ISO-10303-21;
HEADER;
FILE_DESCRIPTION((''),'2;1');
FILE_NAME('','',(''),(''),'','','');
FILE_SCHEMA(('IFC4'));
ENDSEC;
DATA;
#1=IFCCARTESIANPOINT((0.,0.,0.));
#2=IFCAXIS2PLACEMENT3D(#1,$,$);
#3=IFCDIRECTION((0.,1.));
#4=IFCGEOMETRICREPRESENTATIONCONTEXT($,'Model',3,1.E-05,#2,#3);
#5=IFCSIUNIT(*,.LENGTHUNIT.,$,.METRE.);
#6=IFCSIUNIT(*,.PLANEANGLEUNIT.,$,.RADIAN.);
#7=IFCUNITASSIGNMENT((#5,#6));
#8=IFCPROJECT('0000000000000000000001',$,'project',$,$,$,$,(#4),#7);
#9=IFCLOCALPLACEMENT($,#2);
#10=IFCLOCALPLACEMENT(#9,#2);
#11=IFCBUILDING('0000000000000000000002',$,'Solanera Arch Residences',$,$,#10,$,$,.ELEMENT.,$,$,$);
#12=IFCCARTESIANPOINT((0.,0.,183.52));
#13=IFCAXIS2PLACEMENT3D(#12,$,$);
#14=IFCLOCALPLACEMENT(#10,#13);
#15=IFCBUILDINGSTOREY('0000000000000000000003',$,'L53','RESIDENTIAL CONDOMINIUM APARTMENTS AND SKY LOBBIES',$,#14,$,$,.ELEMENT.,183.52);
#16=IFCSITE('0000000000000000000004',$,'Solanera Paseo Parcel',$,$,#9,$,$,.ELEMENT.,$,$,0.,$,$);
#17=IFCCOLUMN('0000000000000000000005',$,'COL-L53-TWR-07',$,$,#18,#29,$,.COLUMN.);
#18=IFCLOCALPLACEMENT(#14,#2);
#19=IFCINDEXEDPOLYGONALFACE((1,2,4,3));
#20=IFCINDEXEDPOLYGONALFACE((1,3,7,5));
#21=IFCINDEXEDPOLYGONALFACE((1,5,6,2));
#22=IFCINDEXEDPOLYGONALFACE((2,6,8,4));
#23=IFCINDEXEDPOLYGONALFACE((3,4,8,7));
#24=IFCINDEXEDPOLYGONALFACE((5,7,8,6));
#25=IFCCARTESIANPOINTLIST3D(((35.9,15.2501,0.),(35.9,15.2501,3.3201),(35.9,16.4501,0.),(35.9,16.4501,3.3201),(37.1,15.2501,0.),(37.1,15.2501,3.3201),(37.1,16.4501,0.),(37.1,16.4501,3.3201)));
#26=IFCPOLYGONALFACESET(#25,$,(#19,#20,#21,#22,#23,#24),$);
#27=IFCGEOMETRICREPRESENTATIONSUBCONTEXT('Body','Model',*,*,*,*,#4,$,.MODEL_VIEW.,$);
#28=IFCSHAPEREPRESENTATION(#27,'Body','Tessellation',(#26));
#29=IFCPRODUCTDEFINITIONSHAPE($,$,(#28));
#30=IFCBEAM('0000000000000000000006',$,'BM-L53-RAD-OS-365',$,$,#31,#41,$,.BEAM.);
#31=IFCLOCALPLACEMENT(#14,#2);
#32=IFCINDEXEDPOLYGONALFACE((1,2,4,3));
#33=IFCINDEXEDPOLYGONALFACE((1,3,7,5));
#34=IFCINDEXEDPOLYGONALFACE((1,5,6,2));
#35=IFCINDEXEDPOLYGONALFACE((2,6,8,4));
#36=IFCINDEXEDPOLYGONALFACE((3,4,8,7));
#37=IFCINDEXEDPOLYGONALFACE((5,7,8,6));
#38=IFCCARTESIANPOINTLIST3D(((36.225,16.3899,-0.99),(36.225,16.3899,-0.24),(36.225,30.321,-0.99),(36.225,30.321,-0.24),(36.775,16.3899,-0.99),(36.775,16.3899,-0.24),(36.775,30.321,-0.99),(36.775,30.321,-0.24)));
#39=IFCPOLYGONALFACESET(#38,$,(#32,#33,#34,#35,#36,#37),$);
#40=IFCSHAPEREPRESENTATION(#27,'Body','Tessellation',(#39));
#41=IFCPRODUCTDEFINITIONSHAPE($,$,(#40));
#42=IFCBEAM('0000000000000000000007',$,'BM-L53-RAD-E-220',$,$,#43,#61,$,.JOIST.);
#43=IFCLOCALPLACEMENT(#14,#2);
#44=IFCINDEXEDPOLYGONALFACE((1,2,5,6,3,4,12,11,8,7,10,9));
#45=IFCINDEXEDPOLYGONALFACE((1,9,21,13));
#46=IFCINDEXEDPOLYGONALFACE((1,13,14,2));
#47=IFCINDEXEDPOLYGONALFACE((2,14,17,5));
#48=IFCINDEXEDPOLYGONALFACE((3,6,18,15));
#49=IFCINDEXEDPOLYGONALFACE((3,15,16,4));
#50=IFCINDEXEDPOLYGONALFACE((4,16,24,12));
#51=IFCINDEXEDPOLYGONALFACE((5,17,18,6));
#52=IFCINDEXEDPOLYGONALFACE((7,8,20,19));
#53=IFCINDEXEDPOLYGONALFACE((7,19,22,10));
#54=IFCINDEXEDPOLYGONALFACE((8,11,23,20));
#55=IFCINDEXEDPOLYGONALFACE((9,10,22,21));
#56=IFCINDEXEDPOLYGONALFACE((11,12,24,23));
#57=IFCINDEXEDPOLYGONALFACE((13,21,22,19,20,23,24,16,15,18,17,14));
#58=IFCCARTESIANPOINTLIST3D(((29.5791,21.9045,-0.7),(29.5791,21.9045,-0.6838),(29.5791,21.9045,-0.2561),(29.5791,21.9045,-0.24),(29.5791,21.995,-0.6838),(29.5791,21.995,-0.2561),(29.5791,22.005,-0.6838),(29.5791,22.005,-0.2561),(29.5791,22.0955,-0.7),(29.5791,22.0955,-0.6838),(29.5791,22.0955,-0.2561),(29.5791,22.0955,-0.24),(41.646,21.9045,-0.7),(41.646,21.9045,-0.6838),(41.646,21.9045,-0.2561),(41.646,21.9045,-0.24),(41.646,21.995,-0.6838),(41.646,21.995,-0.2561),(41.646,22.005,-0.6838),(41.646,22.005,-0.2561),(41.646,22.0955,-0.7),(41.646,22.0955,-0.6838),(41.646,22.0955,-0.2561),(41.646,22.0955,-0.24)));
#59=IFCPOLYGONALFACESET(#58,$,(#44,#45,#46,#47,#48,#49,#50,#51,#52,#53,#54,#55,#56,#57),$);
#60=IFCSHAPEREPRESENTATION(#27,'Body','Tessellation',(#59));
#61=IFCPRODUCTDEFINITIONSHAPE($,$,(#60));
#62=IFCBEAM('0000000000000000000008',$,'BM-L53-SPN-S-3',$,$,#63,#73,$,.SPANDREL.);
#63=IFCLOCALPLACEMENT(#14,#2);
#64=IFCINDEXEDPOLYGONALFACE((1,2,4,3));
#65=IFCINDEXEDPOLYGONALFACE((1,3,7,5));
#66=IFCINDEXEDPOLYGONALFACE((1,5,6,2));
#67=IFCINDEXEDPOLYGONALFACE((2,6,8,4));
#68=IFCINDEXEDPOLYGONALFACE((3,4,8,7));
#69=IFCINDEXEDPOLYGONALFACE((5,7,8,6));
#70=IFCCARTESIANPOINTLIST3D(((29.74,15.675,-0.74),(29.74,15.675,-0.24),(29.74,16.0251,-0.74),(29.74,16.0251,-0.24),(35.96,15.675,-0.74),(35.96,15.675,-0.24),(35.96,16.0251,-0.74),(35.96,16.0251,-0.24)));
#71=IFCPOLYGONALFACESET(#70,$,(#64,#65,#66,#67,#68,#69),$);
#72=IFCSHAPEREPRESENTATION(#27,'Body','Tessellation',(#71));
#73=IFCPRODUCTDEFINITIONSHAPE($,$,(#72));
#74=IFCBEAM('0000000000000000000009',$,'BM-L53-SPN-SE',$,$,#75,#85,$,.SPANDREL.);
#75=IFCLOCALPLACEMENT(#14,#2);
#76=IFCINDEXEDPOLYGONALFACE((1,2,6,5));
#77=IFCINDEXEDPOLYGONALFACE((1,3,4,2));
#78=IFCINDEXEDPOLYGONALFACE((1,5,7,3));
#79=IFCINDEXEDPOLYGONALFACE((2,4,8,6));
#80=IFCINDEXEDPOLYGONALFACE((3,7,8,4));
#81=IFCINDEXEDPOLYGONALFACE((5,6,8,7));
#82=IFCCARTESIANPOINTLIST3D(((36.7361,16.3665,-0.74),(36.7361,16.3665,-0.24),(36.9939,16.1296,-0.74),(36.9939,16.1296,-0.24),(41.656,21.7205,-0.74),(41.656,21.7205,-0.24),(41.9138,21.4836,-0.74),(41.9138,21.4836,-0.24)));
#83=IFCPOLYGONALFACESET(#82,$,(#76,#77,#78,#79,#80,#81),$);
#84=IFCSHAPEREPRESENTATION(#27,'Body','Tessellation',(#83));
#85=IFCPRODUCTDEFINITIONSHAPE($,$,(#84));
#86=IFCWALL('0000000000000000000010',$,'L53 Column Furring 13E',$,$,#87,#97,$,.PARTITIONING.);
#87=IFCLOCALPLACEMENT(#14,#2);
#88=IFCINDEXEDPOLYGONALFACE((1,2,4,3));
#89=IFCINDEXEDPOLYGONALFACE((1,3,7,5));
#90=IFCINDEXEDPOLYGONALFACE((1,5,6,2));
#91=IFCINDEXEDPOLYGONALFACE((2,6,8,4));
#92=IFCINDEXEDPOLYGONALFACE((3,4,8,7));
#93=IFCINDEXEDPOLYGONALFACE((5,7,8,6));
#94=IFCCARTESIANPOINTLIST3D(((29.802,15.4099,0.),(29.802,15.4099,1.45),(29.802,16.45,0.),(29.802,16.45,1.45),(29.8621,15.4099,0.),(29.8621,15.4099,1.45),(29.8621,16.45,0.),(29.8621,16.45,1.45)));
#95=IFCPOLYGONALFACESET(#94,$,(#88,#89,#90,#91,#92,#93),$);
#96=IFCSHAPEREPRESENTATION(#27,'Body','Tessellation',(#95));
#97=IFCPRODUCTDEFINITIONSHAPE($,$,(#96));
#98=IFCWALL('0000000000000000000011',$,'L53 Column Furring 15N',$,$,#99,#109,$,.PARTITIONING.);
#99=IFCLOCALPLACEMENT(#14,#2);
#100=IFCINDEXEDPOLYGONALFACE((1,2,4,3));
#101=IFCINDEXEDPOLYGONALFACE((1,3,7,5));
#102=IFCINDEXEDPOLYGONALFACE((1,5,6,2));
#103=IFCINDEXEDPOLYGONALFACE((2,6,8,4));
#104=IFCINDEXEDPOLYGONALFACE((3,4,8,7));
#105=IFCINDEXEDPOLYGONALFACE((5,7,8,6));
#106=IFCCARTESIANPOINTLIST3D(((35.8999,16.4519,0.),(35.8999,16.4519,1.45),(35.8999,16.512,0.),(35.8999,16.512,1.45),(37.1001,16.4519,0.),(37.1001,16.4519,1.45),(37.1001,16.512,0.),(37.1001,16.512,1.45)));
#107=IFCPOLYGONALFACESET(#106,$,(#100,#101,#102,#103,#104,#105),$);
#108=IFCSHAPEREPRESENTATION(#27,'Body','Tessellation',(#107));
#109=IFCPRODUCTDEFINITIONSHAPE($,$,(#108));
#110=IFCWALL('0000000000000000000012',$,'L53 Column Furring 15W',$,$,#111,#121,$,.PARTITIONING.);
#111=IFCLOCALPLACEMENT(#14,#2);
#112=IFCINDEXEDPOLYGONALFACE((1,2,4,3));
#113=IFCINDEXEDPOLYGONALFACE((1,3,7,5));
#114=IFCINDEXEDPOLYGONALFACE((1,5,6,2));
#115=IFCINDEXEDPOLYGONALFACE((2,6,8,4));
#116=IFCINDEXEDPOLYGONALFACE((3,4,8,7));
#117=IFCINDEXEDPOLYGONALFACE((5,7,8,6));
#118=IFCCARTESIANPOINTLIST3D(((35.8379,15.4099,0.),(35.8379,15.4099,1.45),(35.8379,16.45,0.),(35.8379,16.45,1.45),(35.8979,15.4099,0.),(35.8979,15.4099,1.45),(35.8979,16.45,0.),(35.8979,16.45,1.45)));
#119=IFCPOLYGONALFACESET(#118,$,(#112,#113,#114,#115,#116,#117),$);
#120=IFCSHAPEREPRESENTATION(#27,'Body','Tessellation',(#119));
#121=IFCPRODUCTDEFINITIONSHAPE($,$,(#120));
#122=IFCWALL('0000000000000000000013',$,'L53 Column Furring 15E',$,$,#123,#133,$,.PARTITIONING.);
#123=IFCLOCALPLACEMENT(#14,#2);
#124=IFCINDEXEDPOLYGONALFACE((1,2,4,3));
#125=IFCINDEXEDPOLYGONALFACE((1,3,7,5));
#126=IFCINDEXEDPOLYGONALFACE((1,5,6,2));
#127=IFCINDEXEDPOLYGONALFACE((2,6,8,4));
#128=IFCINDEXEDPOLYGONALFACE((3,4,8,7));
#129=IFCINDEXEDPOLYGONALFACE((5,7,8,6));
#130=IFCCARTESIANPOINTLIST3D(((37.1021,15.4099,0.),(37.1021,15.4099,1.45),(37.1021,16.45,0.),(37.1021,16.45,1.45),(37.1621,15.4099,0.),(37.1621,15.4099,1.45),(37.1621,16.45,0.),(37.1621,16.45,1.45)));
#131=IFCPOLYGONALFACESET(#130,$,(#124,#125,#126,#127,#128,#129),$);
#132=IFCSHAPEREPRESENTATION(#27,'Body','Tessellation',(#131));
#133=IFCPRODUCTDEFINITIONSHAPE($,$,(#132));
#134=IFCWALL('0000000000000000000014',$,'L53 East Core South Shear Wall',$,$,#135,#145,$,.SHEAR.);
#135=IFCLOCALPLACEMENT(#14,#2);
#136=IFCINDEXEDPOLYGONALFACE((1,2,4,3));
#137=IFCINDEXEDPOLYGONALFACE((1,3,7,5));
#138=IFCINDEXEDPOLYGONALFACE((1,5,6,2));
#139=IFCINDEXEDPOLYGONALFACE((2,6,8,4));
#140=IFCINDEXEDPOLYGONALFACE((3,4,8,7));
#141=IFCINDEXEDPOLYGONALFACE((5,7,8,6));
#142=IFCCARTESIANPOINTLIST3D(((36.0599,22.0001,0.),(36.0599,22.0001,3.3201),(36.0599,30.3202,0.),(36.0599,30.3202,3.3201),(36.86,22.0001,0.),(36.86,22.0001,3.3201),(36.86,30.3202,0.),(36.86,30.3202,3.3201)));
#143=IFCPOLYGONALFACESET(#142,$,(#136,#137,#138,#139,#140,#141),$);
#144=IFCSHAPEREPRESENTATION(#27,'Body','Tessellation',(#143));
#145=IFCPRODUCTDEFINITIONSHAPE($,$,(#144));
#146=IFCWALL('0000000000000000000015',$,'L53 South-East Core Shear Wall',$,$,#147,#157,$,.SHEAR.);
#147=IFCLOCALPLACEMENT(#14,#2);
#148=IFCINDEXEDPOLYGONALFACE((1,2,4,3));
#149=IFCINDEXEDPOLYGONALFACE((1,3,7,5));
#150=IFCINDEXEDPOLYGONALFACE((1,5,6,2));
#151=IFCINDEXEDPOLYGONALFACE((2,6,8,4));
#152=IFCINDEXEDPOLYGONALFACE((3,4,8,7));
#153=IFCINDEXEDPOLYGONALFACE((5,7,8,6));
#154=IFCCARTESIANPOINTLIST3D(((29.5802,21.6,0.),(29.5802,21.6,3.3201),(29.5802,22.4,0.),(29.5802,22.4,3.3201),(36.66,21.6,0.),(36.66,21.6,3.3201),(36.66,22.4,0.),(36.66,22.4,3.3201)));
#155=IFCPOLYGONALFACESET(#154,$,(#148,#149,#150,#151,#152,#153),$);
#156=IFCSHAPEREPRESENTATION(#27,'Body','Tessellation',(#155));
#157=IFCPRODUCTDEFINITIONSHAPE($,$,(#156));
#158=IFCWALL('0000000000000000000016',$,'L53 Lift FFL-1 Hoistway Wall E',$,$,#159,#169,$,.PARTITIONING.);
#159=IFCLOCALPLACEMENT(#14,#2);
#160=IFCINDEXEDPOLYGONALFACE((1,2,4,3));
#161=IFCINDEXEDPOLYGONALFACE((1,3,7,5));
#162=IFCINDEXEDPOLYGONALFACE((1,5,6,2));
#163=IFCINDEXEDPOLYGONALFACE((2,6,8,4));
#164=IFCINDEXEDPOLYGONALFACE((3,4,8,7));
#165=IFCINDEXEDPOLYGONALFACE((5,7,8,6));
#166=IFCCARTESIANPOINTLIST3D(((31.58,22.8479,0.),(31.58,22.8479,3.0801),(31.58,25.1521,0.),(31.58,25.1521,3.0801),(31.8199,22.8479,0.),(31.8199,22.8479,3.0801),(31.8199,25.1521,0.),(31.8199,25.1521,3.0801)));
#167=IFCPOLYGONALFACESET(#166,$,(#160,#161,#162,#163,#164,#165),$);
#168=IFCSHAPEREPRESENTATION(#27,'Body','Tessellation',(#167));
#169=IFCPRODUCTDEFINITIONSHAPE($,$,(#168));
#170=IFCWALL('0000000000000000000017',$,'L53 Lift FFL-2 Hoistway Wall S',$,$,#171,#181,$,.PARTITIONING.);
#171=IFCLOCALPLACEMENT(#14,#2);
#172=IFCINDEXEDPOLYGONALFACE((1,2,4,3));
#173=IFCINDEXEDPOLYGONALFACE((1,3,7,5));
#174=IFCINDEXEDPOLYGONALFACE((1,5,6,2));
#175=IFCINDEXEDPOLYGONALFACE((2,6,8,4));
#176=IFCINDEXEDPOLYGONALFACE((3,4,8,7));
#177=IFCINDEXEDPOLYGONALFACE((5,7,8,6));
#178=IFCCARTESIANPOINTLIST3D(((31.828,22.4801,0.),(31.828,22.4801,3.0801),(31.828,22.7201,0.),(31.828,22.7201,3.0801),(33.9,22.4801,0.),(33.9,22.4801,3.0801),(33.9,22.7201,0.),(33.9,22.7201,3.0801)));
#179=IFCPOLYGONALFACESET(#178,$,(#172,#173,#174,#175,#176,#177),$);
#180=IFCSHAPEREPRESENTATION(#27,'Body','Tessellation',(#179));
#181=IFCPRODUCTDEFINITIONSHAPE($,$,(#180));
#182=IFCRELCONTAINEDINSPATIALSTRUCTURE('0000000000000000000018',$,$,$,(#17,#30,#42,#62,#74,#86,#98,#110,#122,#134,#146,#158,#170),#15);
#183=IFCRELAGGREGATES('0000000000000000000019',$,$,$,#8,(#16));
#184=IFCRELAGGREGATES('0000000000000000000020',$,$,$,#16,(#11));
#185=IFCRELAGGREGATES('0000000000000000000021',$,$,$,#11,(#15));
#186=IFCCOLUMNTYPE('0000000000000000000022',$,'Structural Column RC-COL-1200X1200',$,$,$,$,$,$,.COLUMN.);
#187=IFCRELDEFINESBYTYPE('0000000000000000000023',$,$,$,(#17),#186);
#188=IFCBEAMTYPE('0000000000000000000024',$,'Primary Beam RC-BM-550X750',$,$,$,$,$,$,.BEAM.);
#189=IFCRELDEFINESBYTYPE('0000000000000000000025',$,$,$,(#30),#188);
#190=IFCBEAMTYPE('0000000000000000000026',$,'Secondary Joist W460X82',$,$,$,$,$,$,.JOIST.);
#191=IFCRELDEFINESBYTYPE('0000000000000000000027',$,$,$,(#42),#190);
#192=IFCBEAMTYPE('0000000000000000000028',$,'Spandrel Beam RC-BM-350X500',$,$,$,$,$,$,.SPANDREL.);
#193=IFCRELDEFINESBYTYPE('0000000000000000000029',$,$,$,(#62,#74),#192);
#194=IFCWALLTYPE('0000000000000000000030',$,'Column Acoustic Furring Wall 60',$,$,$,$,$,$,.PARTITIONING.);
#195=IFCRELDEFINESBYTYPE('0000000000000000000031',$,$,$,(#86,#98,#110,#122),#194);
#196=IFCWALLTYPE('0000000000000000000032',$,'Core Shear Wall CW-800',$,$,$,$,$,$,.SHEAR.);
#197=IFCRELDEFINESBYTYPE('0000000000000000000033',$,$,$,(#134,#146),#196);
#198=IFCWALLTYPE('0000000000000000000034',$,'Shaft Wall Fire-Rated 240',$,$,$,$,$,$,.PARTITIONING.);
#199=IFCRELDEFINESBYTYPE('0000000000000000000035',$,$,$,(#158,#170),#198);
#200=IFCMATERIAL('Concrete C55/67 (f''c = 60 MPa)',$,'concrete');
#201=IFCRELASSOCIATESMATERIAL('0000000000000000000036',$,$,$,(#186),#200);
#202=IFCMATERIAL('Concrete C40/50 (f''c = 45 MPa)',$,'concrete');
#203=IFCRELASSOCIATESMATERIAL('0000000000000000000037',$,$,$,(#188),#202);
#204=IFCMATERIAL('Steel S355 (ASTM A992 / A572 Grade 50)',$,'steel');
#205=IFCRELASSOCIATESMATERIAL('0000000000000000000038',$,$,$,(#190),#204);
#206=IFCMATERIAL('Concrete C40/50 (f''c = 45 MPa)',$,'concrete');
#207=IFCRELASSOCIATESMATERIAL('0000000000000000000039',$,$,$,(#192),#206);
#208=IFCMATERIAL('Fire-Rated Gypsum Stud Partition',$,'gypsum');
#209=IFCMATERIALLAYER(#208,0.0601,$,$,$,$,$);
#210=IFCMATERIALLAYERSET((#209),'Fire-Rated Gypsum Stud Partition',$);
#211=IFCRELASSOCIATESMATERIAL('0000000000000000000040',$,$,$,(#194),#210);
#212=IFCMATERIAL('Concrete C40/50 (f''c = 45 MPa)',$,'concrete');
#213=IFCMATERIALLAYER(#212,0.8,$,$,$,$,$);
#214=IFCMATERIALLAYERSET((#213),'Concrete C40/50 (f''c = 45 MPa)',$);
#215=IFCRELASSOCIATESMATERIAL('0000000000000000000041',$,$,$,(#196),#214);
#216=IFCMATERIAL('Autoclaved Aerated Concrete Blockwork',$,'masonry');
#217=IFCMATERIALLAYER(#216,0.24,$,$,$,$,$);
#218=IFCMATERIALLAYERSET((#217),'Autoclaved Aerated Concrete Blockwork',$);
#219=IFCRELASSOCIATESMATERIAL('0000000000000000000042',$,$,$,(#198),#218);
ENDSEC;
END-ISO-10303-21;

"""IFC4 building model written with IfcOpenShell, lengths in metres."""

from ifc_helpers import new_model, si_unit, direction, frame, frame_2d, origin, origin_2d, place, context, subcontext, project, spatial, rectangle, i_section, extrude, material, layer, layer_set, material_profile, profile_set, type_object, element, save


model = new_model("IFC4")

# Units and contexts
model_context = context("Model", 3, precision=1e-05, world=origin(), true_north=direction((0.0, 1.0)))
body_context = subcontext(model_context, "Body", "Model", "MODEL_VIEW")
ifc_project = project(units=[si_unit("LENGTHUNIT", "METRE"), si_unit("PLANEANGLEUNIT", "RADIAN")], contexts=[model_context])

# Site, building, storey
site_placement = place(None, origin())
site = spatial("IfcSite", under=ifc_project, at=site_placement, Name="Solanera Paseo Parcel", CompositionType="ELEMENT", RefElevation=0.0)
building_placement = place(site_placement, origin())
building = spatial("IfcBuilding", under=site, at=building_placement, Name="Solanera Arch Residences", CompositionType="ELEMENT")
storey_placement = place(building_placement, frame((0.0, 0.0, 183.52)))
storey = spatial("IfcBuildingStorey", under=building, at=storey_placement, Name="L53", Description="RESIDENTIAL CONDOMINIUM APARTMENTS AND SKY LOBBIES", CompositionType="ELEMENT", Elevation=183.52)

# Column
ifc_material_1 = material(Name="Concrete C55/67 (f'c = 60 MPa)", Category="concrete")
ifc_material_profile_1 = material_profile(ifc_material_1, rectangle(XDim=1.2, YDim=1.2, at=origin_2d()))
ifc_profile_set_1 = profile_set([ifc_material_profile_1], Name="Concrete C55/67 (f'c = 60 MPa)")
column_type = type_object("IfcColumnType", Name="Structural Column RC-COL-1200X1200", PredefinedType="COLUMN", material=ifc_profile_set_1)
column_placement = place(storey_placement, frame((36.5, 15.8501, 0.0), z_axis=(0.0, 0.0, 1.0), x_axis=(1.0, 0.0, 0.0)))
element("IfcColumn", 1, at=column_placement, inside=storey, type_object=column_type, Name="COL-L53-TWR-07", PredefinedType="COLUMN", context=body_context, shape_type="SweptSolid", body=[
    extrude(rectangle(XDim=1.2, YDim=1.2, at=origin_2d()), origin(), (0.0, 0.0, 1.0), 3.3201),
])

# Beams
ifc_material_2 = material(Name="Concrete C40/50 (f'c = 45 MPa)", Category="concrete")
ifc_material_profile_2 = material_profile(ifc_material_2, rectangle(XDim=0.55, YDim=0.75, at=origin_2d()))
ifc_profile_set_2 = profile_set([ifc_material_profile_2], Name="Concrete C40/50 (f'c = 45 MPa)")
beam_type_1 = type_object("IfcBeamType", Name="Primary Beam RC-BM-550X750", PredefinedType="BEAM", material=ifc_profile_set_2)
beam_1_placement = place(storey_placement, frame((36.5, 16.3899, -0.615), z_axis=(0.0, 1.0, 0.0), x_axis=(-1.0, 0.0, 0.0)))
element("IfcBeam", 2, at=beam_1_placement, inside=storey, type_object=beam_type_1, Name="BM-L53-RAD-OS-365", PredefinedType="BEAM", context=body_context, shape_type="SweptSolid", body=[
    extrude(rectangle(XDim=0.55, YDim=0.75, at=origin_2d()), origin(), (0.0, 0.0, 1.0), 13.9312),
])
ifc_material_3 = material(Name="Steel S355 (ASTM A992 / A572 Grade 50)", Category="steel")
ifc_material_profile_3 = material_profile(ifc_material_3, i_section(OverallWidth=0.1909, OverallDepth=0.46, WebThickness=0.01, FlangeThickness=0.0161, at=origin_2d()))
ifc_profile_set_3 = profile_set([ifc_material_profile_3], Name="Steel S355 (ASTM A992 / A572 Grade 50)")
beam_type_2 = type_object("IfcBeamType", Name="Secondary Joist W460X82", PredefinedType="JOIST", material=ifc_profile_set_3)
beam_2_placement = place(storey_placement, frame((29.5791, 22.0, -0.47), z_axis=(1.0, 0.0, 0.0), x_axis=(0.0, 1.0, 0.0)))
element("IfcBeam", 3, at=beam_2_placement, inside=storey, type_object=beam_type_2, Name="BM-L53-RAD-E-220", PredefinedType="JOIST", context=body_context, shape_type="SweptSolid", body=[
    extrude(i_section(OverallWidth=0.1909, OverallDepth=0.46, WebThickness=0.01, FlangeThickness=0.0161, at=origin_2d()), origin(), (0.0, 0.0, 1.0), 12.0669),
])
ifc_material_4 = material(Name="Concrete C40/50 (f'c = 45 MPa)", Category="concrete")
ifc_material_profile_4 = material_profile(ifc_material_4, rectangle(XDim=0.3501, YDim=0.5, at=origin_2d()))
ifc_profile_set_4 = profile_set([ifc_material_profile_4], Name="Concrete C40/50 (f'c = 45 MPa)")
beam_type_3 = type_object("IfcBeamType", Name="Spandrel Beam RC-BM-350X500", PredefinedType="SPANDREL", material=ifc_profile_set_4)
beam_3_placement = place(storey_placement, frame((29.74, 15.8501, -0.49), z_axis=(1.0, 0.0, 0.0), x_axis=(0.0, 1.0, 0.0)))
element("IfcBeam", 4, at=beam_3_placement, inside=storey, type_object=beam_type_3, Name="BM-L53-SPN-S-3", PredefinedType="SPANDREL", context=body_context, shape_type="SweptSolid", body=[
    extrude(rectangle(XDim=0.3501, YDim=0.5, at=origin_2d()), origin(), (0.0, 0.0, 1.0), 6.22),
])
beam_4_placement = place(storey_placement, frame((36.865, 16.248, -0.49), z_axis=(0.676627, 0.736326, 0.0), x_axis=(-0.736326, 0.676627, 0.0)))
element("IfcBeam", 5, at=beam_4_placement, inside=storey, type_object=beam_type_3, Name="BM-L53-SPN-SE", PredefinedType="SPANDREL", context=body_context, shape_type="SweptSolid", body=[
    extrude(rectangle(XDim=0.3501, YDim=0.5, at=origin_2d()), origin(), (0.0, 0.0, 1.0), 7.2712),
])

# Walls
ifc_material_5 = material(Name="Fire-Rated Gypsum Stud Partition", Category="gypsum")
ifc_layer_1 = layer(ifc_material_5, 0.0601)
ifc_layer_set_1 = layer_set([ifc_layer_1], Name="Fire-Rated Gypsum Stud Partition")
wall_type_1 = type_object("IfcWallType", Name="Column Acoustic Furring Wall 60", PredefinedType="PARTITIONING", material=ifc_layer_set_1)
wall_1_placement = place(storey_placement, frame((29.832, 15.4099, 0.0), z_axis=(0.0, 0.0, 1.0), x_axis=(0.0, 1.0, 0.0)))
element("IfcWall", 6, at=wall_1_placement, inside=storey, type_object=wall_type_1, Name="L53 Column Furring 13E", PredefinedType="PARTITIONING", context=body_context, shape_type="SweptSolid", body=[
    extrude(rectangle(XDim=1.04, YDim=0.0601, at=frame_2d((0.52, 0.0))), origin(), (0.0, 0.0, 1.0), 1.45),
])
wall_2_placement = place(storey_placement, frame((35.8999, 16.4819, 0.0), z_axis=(0.0, 0.0, 1.0), x_axis=(1.0, 0.0, 0.0)))
element("IfcWall", 7, at=wall_2_placement, inside=storey, type_object=wall_type_1, Name="L53 Column Furring 15N", PredefinedType="PARTITIONING", context=body_context, shape_type="SweptSolid", body=[
    extrude(rectangle(XDim=1.2002, YDim=0.0601, at=frame_2d((0.6001, 0.0))), origin(), (0.0, 0.0, 1.0), 1.45),
])
for number, where, z_axis, x_axis, name in (
    (8, (35.8679, 15.4099, 0.0), (0.0, 0.0, 1.0), (0.0, 1.0, 0.0), "L53 Column Furring 15W"),
    (9, (37.1321, 15.4099, 0.0), (0.0, 0.0, 1.0), (0.0, 1.0, 0.0), "L53 Column Furring 15E"),
):
    element("IfcWall", number, at=place(storey_placement, frame(where, z_axis=z_axis, x_axis=x_axis)), inside=storey, type_object=wall_type_1, Name=name, PredefinedType="PARTITIONING", context=body_context, shape_type="SweptSolid", body=[
        extrude(rectangle(XDim=1.04, YDim=0.0601, at=frame_2d((0.52, 0.0))), origin(), (0.0, 0.0, 1.0), 1.45),
    ])
ifc_material_6 = material(Name="Concrete C40/50 (f'c = 45 MPa)", Category="concrete")
ifc_layer_2 = layer(ifc_material_6, 0.8)
ifc_layer_set_2 = layer_set([ifc_layer_2], Name="Concrete C40/50 (f'c = 45 MPa)")
wall_type_2 = type_object("IfcWallType", Name="Core Shear Wall CW-800", PredefinedType="SHEAR", material=ifc_layer_set_2)
wall_3_placement = place(storey_placement, frame((36.46, 22.0, 0.0), z_axis=(0.0, 0.0, 1.0), x_axis=(0.0, 1.0, 0.0)))
element("IfcWall", 10, at=wall_3_placement, inside=storey, type_object=wall_type_2, Name="L53 East Core South Shear Wall", PredefinedType="SHEAR", context=body_context, shape_type="SweptSolid", body=[
    extrude(rectangle(XDim=8.3201, YDim=0.8, at=frame_2d((4.1602, 0.0))), origin(), (0.0, 0.0, 1.0), 3.3201),
])
wall_4_placement = place(storey_placement, frame((29.5801, 22.0, 0.0), z_axis=(0.0, 0.0, 1.0), x_axis=(1.0, 0.0, 0.0)))
element("IfcWall", 11, at=wall_4_placement, inside=storey, type_object=wall_type_2, Name="L53 South-East Core Shear Wall", PredefinedType="SHEAR", context=body_context, shape_type="SweptSolid", body=[
    extrude(rectangle(XDim=7.0798, YDim=0.8, at=frame_2d((3.54, 0.0))), origin(), (0.0, 0.0, 1.0), 3.3201),
])
ifc_material_7 = material(Name="Autoclaved Aerated Concrete Blockwork", Category="masonry")
ifc_layer_3 = layer(ifc_material_7, 0.24)
ifc_layer_set_3 = layer_set([ifc_layer_3], Name="Autoclaved Aerated Concrete Blockwork")
wall_type_3 = type_object("IfcWallType", Name="Shaft Wall Fire-Rated 240", PredefinedType="PARTITIONING", material=ifc_layer_set_3)
wall_5_placement = place(storey_placement, frame((31.7, 22.8479, 0.0), z_axis=(0.0, 0.0, 1.0), x_axis=(0.0, 1.0, 0.0)))
element("IfcWall", 12, at=wall_5_placement, inside=storey, type_object=wall_type_3, Name="L53 Lift FFL-1 Hoistway Wall E", PredefinedType="PARTITIONING", context=body_context, shape_type="SweptSolid", body=[
    extrude(rectangle(XDim=2.3042, YDim=0.24, at=frame_2d((1.1521, 0.0))), origin(), (0.0, 0.0, 1.0), 3.0801),
])
for number, where, z_axis, x_axis, name in (
    (13, (31.8279, 22.6001, 0.0), (0.0, 0.0, 1.0), (1.0, 0.0, 0.0), "L53 Lift FFL-2 Hoistway Wall S"),
):
    element("IfcWall", number, at=place(storey_placement, frame(where, z_axis=z_axis, x_axis=x_axis)), inside=storey, type_object=wall_type_3, Name=name, PredefinedType="PARTITIONING", context=body_context, shape_type="SweptSolid", body=[
        extrude(rectangle(XDim=2.072, YDim=0.24, at=frame_2d((1.0361, 0.0))), origin(), (0.0, 0.0, 1.0), 3.0801),
    ])

save(model, "model.ifc")
